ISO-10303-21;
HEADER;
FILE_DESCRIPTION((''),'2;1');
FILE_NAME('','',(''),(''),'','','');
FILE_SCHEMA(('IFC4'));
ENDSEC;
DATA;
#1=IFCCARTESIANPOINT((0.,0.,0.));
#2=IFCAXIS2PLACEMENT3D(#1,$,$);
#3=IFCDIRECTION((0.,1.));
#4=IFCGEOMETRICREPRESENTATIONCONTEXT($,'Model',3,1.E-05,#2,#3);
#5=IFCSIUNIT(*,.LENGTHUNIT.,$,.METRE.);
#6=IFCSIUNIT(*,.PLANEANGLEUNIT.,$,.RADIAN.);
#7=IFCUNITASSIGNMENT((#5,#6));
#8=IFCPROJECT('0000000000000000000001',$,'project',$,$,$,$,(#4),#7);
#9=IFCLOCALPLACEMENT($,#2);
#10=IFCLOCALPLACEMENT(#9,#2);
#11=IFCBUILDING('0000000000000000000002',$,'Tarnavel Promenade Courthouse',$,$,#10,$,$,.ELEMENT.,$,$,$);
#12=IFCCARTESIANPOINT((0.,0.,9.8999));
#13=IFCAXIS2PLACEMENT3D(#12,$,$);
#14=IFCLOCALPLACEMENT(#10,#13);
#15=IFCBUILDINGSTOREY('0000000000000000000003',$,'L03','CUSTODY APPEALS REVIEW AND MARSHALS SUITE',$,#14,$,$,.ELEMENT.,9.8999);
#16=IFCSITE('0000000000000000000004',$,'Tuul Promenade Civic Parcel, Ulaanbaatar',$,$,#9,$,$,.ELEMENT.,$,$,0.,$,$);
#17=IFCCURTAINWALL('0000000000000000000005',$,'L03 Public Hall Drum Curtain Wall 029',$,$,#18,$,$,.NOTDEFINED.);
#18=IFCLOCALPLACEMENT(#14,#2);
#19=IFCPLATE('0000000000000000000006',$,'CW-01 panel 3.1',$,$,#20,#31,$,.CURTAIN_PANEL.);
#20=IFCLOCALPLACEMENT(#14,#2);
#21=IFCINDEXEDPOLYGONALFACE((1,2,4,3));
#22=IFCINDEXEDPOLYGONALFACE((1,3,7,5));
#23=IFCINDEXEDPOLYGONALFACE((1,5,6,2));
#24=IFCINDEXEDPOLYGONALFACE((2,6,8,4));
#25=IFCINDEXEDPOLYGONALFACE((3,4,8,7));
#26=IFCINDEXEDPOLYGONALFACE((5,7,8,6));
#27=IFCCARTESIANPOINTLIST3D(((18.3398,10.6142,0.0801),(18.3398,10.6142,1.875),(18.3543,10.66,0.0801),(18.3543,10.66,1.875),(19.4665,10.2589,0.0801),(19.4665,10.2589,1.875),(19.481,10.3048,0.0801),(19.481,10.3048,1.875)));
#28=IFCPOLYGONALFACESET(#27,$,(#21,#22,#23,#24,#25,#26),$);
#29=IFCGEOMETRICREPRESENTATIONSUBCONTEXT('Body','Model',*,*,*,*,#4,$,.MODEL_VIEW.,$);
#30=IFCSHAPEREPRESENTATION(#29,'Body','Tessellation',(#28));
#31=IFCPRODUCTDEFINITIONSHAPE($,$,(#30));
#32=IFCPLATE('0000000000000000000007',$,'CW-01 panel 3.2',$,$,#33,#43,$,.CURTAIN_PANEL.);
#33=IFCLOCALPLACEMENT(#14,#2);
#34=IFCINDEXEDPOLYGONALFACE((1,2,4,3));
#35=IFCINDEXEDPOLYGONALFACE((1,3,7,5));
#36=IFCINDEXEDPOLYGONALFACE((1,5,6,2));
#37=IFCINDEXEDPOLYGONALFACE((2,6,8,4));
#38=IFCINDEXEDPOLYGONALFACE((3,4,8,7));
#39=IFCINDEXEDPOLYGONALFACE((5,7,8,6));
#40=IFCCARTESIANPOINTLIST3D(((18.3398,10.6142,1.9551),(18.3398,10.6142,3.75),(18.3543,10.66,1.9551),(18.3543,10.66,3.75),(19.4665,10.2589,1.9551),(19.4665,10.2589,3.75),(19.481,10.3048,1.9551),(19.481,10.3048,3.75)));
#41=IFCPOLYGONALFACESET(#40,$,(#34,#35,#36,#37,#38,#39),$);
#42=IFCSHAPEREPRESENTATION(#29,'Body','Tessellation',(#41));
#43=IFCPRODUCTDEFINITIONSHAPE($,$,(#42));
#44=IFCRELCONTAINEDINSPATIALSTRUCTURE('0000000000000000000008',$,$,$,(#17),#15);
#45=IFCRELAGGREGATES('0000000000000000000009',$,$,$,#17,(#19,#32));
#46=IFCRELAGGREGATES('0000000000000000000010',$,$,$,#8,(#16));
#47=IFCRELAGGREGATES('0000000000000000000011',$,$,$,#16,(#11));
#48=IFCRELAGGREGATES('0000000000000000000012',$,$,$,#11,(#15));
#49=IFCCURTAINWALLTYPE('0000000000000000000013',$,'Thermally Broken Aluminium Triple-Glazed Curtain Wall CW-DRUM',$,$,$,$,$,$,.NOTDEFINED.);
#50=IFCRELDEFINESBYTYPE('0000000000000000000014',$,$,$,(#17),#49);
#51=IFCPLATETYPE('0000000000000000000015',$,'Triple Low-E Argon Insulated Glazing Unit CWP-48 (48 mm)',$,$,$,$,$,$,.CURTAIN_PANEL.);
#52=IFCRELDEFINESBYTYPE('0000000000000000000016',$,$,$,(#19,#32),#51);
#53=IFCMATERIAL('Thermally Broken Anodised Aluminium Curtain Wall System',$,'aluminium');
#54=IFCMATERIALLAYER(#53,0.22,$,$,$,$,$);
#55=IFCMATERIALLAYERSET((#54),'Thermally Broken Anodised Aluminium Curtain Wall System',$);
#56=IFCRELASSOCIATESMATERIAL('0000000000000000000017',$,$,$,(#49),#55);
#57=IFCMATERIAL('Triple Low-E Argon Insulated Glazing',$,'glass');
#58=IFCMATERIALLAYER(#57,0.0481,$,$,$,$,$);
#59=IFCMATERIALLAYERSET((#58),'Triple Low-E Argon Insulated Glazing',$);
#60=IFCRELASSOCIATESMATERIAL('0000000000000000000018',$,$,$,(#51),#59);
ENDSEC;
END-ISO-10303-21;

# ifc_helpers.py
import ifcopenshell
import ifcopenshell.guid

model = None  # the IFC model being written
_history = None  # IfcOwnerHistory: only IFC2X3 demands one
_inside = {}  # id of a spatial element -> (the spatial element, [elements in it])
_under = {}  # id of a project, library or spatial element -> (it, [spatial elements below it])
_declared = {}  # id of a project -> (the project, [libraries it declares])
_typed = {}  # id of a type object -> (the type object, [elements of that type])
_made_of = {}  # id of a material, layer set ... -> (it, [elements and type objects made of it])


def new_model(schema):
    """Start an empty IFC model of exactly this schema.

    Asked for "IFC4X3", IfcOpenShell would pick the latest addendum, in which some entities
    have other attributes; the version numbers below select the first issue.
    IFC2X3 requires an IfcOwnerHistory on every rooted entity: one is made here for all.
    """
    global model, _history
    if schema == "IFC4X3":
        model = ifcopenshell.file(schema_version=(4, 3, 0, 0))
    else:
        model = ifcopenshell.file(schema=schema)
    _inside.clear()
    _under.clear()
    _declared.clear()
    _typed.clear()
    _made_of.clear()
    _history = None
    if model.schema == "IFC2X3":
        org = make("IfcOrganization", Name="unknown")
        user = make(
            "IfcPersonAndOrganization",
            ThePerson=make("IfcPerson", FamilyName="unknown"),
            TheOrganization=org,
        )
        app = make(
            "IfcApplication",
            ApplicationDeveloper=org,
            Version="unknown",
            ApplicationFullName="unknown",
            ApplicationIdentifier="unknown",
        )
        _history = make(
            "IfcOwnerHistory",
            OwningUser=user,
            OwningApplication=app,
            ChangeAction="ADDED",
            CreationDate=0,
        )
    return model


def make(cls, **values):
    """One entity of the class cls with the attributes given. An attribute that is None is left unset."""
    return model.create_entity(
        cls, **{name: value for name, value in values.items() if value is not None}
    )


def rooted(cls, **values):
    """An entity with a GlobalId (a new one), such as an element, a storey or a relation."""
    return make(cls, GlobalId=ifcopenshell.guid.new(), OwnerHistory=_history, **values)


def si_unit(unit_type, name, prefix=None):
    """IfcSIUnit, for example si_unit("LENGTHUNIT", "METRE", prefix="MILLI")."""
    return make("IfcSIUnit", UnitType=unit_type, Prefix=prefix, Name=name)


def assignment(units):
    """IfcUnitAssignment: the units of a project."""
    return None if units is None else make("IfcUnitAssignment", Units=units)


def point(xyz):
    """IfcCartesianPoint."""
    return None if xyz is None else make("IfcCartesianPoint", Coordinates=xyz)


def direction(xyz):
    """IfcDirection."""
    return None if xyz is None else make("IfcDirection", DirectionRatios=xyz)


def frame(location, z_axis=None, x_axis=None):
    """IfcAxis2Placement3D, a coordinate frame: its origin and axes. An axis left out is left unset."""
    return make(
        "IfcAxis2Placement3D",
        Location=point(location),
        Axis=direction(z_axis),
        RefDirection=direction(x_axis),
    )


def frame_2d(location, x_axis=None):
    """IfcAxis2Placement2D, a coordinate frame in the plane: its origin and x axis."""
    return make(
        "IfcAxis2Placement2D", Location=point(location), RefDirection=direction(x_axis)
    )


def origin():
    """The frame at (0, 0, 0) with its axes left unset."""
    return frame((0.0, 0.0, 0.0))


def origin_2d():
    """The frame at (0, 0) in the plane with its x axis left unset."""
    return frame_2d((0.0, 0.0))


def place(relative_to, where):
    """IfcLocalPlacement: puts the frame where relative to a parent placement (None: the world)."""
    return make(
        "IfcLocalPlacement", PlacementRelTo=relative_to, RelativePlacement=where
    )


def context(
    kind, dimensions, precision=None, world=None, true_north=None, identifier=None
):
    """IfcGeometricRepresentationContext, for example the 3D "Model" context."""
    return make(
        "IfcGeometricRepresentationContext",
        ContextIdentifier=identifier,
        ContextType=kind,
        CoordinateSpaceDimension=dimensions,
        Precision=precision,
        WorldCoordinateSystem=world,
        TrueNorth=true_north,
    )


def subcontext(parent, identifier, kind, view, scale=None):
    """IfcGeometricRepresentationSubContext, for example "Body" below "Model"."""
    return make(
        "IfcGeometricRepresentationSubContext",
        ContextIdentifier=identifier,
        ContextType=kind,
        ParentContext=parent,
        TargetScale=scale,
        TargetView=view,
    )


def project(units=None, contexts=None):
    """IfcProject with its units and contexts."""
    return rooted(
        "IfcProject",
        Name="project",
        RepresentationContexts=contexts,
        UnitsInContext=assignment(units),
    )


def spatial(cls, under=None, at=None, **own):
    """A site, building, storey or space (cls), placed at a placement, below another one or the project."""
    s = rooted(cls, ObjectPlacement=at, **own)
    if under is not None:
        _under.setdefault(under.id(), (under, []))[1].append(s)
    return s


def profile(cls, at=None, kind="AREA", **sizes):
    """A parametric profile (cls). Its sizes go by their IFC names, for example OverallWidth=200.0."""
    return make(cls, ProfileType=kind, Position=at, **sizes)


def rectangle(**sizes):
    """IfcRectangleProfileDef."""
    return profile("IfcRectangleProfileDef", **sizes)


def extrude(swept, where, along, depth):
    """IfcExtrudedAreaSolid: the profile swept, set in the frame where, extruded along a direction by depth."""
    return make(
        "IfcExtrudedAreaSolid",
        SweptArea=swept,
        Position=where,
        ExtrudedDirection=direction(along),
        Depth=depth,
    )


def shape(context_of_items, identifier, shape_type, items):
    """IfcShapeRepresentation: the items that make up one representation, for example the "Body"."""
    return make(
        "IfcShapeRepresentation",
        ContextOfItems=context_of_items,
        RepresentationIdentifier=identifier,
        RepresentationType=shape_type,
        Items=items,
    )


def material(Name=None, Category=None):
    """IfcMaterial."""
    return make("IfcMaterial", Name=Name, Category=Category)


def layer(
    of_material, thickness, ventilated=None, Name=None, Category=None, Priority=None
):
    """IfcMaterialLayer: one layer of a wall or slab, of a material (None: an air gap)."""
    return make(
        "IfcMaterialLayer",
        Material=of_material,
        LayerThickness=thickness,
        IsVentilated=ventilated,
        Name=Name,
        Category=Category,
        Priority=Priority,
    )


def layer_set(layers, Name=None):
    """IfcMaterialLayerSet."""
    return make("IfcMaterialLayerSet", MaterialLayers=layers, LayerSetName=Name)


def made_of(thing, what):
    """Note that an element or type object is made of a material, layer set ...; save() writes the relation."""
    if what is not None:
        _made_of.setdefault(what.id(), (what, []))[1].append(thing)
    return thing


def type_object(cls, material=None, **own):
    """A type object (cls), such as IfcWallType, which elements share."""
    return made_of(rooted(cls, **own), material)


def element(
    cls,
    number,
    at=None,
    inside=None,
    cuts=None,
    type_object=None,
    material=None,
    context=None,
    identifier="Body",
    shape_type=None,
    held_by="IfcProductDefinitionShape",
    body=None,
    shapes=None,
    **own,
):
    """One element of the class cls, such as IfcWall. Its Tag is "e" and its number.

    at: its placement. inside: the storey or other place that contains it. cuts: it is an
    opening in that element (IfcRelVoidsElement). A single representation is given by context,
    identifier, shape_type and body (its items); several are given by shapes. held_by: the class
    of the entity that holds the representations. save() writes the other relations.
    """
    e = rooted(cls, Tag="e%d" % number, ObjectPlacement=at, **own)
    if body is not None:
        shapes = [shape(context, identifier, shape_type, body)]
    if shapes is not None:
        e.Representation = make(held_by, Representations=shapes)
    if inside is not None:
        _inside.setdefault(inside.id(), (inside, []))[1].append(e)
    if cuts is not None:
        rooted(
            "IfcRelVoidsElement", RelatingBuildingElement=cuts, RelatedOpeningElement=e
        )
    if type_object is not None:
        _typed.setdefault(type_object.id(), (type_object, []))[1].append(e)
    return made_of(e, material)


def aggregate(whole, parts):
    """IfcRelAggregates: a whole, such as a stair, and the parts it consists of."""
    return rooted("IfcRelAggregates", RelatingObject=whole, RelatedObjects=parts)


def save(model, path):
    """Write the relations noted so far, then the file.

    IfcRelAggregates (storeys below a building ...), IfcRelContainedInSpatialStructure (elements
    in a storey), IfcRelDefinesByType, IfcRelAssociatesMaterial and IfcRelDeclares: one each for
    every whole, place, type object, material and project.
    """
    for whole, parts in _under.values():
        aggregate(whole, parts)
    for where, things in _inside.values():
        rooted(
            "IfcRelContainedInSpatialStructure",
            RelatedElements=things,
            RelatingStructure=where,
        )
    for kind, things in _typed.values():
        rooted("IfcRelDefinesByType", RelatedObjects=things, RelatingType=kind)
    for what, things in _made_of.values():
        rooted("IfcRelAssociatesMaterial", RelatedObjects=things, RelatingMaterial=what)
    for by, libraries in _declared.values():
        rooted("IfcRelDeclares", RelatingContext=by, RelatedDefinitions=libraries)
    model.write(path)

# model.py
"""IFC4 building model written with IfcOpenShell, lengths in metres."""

from ifc_helpers import new_model, si_unit, direction, frame, origin, origin_2d, place, context, subcontext, project, spatial, rectangle, extrude, material, layer, layer_set, type_object, element, aggregate, save


model = new_model("IFC4")

# Units and contexts
model_context = context("Model", 3, precision=1e-05, world=origin(), true_north=direction((0.0, 1.0)))
body_context = subcontext(model_context, "Body", "Model", "MODEL_VIEW")
ifc_project = project(units=[si_unit("LENGTHUNIT", "METRE"), si_unit("PLANEANGLEUNIT", "RADIAN")], contexts=[model_context])

# Site, building, storey
site_placement = place(None, origin())
site = spatial("IfcSite", under=ifc_project, at=site_placement, Name="Tuul Promenade Civic Parcel, Ulaanbaatar", CompositionType="ELEMENT", RefElevation=0.0)
building_placement = place(site_placement, origin())
building = spatial("IfcBuilding", under=site, at=building_placement, Name="Tarnavel Promenade Courthouse", CompositionType="ELEMENT")
storey_placement = place(building_placement, frame((0.0, 0.0, 9.8999)))
storey = spatial("IfcBuildingStorey", under=building, at=storey_placement, Name="L03", Description="CUSTODY APPEALS REVIEW AND MARSHALS SUITE", CompositionType="ELEMENT", Elevation=9.8999)

# Shared definitions
ifc_material_1 = material(Name="Thermally Broken Anodised Aluminium Curtain Wall System", Category="aluminium")
ifc_layer_1 = layer(ifc_material_1, 0.22)
ifc_layer_set_1 = layer_set([ifc_layer_1], Name="Thermally Broken Anodised Aluminium Curtain Wall System")
curtain_wall_type = type_object("IfcCurtainWallType", Name="Thermally Broken Aluminium Triple-Glazed Curtain Wall CW-DRUM", PredefinedType="NOTDEFINED", material=ifc_layer_set_1)

# Curtain wall, plates
curtain_wall_1_placement = place(storey_placement, origin())
curtain_wall_1 = element("IfcCurtainWall", 1, at=curtain_wall_1_placement, inside=storey, type_object=curtain_wall_type, Name="L03 Public Hall Drum Curtain Wall 029", PredefinedType="NOTDEFINED")
ifc_material_2 = material(Name="Triple Low-E Argon Insulated Glazing", Category="glass")
ifc_layer_2 = layer(ifc_material_2, 0.0481)
ifc_layer_set_2 = layer_set([ifc_layer_2], Name="Triple Low-E Argon Insulated Glazing")
plate_type = type_object("IfcPlateType", Name="Triple Low-E Argon Insulated Glazing Unit CWP-48 (48 mm)", PredefinedType="CURTAIN_PANEL", material=ifc_layer_set_2)
plate_1_placement = place(storey_placement, frame((18.9104, 10.4595, 0.0801), z_axis=(0.0, 0.0, 1.0), x_axis=(0.953717, -0.300705, 0.0)))
plate_1 = element("IfcPlate", 2, at=plate_1_placement, type_object=plate_type, Name="CW-01 panel 3.1", PredefinedType="CURTAIN_PANEL", context=body_context, shape_type="SweptSolid", body=[
    extrude(rectangle(XDim=1.1814, YDim=0.0481, at=origin_2d()), origin(), (0.0, 0.0, 1.0), 1.7949),
])
plate_2_placement = place(storey_placement, frame((18.9104, 10.4595, 1.9551), z_axis=(0.0, 0.0, 1.0), x_axis=(0.953717, -0.300705, 0.0)))
plate_2 = element("IfcPlate", 3, at=plate_2_placement, type_object=plate_type, Name="CW-01 panel 3.2", PredefinedType="CURTAIN_PANEL", context=body_context, shape_type="SweptSolid", body=[
    extrude(rectangle(XDim=1.1814, YDim=0.0481, at=origin_2d()), origin(), (0.0, 0.0, 1.0), 1.7949),
])
aggregate(curtain_wall_1, [plate_1, plate_2])

save(model, "model.ifc")
